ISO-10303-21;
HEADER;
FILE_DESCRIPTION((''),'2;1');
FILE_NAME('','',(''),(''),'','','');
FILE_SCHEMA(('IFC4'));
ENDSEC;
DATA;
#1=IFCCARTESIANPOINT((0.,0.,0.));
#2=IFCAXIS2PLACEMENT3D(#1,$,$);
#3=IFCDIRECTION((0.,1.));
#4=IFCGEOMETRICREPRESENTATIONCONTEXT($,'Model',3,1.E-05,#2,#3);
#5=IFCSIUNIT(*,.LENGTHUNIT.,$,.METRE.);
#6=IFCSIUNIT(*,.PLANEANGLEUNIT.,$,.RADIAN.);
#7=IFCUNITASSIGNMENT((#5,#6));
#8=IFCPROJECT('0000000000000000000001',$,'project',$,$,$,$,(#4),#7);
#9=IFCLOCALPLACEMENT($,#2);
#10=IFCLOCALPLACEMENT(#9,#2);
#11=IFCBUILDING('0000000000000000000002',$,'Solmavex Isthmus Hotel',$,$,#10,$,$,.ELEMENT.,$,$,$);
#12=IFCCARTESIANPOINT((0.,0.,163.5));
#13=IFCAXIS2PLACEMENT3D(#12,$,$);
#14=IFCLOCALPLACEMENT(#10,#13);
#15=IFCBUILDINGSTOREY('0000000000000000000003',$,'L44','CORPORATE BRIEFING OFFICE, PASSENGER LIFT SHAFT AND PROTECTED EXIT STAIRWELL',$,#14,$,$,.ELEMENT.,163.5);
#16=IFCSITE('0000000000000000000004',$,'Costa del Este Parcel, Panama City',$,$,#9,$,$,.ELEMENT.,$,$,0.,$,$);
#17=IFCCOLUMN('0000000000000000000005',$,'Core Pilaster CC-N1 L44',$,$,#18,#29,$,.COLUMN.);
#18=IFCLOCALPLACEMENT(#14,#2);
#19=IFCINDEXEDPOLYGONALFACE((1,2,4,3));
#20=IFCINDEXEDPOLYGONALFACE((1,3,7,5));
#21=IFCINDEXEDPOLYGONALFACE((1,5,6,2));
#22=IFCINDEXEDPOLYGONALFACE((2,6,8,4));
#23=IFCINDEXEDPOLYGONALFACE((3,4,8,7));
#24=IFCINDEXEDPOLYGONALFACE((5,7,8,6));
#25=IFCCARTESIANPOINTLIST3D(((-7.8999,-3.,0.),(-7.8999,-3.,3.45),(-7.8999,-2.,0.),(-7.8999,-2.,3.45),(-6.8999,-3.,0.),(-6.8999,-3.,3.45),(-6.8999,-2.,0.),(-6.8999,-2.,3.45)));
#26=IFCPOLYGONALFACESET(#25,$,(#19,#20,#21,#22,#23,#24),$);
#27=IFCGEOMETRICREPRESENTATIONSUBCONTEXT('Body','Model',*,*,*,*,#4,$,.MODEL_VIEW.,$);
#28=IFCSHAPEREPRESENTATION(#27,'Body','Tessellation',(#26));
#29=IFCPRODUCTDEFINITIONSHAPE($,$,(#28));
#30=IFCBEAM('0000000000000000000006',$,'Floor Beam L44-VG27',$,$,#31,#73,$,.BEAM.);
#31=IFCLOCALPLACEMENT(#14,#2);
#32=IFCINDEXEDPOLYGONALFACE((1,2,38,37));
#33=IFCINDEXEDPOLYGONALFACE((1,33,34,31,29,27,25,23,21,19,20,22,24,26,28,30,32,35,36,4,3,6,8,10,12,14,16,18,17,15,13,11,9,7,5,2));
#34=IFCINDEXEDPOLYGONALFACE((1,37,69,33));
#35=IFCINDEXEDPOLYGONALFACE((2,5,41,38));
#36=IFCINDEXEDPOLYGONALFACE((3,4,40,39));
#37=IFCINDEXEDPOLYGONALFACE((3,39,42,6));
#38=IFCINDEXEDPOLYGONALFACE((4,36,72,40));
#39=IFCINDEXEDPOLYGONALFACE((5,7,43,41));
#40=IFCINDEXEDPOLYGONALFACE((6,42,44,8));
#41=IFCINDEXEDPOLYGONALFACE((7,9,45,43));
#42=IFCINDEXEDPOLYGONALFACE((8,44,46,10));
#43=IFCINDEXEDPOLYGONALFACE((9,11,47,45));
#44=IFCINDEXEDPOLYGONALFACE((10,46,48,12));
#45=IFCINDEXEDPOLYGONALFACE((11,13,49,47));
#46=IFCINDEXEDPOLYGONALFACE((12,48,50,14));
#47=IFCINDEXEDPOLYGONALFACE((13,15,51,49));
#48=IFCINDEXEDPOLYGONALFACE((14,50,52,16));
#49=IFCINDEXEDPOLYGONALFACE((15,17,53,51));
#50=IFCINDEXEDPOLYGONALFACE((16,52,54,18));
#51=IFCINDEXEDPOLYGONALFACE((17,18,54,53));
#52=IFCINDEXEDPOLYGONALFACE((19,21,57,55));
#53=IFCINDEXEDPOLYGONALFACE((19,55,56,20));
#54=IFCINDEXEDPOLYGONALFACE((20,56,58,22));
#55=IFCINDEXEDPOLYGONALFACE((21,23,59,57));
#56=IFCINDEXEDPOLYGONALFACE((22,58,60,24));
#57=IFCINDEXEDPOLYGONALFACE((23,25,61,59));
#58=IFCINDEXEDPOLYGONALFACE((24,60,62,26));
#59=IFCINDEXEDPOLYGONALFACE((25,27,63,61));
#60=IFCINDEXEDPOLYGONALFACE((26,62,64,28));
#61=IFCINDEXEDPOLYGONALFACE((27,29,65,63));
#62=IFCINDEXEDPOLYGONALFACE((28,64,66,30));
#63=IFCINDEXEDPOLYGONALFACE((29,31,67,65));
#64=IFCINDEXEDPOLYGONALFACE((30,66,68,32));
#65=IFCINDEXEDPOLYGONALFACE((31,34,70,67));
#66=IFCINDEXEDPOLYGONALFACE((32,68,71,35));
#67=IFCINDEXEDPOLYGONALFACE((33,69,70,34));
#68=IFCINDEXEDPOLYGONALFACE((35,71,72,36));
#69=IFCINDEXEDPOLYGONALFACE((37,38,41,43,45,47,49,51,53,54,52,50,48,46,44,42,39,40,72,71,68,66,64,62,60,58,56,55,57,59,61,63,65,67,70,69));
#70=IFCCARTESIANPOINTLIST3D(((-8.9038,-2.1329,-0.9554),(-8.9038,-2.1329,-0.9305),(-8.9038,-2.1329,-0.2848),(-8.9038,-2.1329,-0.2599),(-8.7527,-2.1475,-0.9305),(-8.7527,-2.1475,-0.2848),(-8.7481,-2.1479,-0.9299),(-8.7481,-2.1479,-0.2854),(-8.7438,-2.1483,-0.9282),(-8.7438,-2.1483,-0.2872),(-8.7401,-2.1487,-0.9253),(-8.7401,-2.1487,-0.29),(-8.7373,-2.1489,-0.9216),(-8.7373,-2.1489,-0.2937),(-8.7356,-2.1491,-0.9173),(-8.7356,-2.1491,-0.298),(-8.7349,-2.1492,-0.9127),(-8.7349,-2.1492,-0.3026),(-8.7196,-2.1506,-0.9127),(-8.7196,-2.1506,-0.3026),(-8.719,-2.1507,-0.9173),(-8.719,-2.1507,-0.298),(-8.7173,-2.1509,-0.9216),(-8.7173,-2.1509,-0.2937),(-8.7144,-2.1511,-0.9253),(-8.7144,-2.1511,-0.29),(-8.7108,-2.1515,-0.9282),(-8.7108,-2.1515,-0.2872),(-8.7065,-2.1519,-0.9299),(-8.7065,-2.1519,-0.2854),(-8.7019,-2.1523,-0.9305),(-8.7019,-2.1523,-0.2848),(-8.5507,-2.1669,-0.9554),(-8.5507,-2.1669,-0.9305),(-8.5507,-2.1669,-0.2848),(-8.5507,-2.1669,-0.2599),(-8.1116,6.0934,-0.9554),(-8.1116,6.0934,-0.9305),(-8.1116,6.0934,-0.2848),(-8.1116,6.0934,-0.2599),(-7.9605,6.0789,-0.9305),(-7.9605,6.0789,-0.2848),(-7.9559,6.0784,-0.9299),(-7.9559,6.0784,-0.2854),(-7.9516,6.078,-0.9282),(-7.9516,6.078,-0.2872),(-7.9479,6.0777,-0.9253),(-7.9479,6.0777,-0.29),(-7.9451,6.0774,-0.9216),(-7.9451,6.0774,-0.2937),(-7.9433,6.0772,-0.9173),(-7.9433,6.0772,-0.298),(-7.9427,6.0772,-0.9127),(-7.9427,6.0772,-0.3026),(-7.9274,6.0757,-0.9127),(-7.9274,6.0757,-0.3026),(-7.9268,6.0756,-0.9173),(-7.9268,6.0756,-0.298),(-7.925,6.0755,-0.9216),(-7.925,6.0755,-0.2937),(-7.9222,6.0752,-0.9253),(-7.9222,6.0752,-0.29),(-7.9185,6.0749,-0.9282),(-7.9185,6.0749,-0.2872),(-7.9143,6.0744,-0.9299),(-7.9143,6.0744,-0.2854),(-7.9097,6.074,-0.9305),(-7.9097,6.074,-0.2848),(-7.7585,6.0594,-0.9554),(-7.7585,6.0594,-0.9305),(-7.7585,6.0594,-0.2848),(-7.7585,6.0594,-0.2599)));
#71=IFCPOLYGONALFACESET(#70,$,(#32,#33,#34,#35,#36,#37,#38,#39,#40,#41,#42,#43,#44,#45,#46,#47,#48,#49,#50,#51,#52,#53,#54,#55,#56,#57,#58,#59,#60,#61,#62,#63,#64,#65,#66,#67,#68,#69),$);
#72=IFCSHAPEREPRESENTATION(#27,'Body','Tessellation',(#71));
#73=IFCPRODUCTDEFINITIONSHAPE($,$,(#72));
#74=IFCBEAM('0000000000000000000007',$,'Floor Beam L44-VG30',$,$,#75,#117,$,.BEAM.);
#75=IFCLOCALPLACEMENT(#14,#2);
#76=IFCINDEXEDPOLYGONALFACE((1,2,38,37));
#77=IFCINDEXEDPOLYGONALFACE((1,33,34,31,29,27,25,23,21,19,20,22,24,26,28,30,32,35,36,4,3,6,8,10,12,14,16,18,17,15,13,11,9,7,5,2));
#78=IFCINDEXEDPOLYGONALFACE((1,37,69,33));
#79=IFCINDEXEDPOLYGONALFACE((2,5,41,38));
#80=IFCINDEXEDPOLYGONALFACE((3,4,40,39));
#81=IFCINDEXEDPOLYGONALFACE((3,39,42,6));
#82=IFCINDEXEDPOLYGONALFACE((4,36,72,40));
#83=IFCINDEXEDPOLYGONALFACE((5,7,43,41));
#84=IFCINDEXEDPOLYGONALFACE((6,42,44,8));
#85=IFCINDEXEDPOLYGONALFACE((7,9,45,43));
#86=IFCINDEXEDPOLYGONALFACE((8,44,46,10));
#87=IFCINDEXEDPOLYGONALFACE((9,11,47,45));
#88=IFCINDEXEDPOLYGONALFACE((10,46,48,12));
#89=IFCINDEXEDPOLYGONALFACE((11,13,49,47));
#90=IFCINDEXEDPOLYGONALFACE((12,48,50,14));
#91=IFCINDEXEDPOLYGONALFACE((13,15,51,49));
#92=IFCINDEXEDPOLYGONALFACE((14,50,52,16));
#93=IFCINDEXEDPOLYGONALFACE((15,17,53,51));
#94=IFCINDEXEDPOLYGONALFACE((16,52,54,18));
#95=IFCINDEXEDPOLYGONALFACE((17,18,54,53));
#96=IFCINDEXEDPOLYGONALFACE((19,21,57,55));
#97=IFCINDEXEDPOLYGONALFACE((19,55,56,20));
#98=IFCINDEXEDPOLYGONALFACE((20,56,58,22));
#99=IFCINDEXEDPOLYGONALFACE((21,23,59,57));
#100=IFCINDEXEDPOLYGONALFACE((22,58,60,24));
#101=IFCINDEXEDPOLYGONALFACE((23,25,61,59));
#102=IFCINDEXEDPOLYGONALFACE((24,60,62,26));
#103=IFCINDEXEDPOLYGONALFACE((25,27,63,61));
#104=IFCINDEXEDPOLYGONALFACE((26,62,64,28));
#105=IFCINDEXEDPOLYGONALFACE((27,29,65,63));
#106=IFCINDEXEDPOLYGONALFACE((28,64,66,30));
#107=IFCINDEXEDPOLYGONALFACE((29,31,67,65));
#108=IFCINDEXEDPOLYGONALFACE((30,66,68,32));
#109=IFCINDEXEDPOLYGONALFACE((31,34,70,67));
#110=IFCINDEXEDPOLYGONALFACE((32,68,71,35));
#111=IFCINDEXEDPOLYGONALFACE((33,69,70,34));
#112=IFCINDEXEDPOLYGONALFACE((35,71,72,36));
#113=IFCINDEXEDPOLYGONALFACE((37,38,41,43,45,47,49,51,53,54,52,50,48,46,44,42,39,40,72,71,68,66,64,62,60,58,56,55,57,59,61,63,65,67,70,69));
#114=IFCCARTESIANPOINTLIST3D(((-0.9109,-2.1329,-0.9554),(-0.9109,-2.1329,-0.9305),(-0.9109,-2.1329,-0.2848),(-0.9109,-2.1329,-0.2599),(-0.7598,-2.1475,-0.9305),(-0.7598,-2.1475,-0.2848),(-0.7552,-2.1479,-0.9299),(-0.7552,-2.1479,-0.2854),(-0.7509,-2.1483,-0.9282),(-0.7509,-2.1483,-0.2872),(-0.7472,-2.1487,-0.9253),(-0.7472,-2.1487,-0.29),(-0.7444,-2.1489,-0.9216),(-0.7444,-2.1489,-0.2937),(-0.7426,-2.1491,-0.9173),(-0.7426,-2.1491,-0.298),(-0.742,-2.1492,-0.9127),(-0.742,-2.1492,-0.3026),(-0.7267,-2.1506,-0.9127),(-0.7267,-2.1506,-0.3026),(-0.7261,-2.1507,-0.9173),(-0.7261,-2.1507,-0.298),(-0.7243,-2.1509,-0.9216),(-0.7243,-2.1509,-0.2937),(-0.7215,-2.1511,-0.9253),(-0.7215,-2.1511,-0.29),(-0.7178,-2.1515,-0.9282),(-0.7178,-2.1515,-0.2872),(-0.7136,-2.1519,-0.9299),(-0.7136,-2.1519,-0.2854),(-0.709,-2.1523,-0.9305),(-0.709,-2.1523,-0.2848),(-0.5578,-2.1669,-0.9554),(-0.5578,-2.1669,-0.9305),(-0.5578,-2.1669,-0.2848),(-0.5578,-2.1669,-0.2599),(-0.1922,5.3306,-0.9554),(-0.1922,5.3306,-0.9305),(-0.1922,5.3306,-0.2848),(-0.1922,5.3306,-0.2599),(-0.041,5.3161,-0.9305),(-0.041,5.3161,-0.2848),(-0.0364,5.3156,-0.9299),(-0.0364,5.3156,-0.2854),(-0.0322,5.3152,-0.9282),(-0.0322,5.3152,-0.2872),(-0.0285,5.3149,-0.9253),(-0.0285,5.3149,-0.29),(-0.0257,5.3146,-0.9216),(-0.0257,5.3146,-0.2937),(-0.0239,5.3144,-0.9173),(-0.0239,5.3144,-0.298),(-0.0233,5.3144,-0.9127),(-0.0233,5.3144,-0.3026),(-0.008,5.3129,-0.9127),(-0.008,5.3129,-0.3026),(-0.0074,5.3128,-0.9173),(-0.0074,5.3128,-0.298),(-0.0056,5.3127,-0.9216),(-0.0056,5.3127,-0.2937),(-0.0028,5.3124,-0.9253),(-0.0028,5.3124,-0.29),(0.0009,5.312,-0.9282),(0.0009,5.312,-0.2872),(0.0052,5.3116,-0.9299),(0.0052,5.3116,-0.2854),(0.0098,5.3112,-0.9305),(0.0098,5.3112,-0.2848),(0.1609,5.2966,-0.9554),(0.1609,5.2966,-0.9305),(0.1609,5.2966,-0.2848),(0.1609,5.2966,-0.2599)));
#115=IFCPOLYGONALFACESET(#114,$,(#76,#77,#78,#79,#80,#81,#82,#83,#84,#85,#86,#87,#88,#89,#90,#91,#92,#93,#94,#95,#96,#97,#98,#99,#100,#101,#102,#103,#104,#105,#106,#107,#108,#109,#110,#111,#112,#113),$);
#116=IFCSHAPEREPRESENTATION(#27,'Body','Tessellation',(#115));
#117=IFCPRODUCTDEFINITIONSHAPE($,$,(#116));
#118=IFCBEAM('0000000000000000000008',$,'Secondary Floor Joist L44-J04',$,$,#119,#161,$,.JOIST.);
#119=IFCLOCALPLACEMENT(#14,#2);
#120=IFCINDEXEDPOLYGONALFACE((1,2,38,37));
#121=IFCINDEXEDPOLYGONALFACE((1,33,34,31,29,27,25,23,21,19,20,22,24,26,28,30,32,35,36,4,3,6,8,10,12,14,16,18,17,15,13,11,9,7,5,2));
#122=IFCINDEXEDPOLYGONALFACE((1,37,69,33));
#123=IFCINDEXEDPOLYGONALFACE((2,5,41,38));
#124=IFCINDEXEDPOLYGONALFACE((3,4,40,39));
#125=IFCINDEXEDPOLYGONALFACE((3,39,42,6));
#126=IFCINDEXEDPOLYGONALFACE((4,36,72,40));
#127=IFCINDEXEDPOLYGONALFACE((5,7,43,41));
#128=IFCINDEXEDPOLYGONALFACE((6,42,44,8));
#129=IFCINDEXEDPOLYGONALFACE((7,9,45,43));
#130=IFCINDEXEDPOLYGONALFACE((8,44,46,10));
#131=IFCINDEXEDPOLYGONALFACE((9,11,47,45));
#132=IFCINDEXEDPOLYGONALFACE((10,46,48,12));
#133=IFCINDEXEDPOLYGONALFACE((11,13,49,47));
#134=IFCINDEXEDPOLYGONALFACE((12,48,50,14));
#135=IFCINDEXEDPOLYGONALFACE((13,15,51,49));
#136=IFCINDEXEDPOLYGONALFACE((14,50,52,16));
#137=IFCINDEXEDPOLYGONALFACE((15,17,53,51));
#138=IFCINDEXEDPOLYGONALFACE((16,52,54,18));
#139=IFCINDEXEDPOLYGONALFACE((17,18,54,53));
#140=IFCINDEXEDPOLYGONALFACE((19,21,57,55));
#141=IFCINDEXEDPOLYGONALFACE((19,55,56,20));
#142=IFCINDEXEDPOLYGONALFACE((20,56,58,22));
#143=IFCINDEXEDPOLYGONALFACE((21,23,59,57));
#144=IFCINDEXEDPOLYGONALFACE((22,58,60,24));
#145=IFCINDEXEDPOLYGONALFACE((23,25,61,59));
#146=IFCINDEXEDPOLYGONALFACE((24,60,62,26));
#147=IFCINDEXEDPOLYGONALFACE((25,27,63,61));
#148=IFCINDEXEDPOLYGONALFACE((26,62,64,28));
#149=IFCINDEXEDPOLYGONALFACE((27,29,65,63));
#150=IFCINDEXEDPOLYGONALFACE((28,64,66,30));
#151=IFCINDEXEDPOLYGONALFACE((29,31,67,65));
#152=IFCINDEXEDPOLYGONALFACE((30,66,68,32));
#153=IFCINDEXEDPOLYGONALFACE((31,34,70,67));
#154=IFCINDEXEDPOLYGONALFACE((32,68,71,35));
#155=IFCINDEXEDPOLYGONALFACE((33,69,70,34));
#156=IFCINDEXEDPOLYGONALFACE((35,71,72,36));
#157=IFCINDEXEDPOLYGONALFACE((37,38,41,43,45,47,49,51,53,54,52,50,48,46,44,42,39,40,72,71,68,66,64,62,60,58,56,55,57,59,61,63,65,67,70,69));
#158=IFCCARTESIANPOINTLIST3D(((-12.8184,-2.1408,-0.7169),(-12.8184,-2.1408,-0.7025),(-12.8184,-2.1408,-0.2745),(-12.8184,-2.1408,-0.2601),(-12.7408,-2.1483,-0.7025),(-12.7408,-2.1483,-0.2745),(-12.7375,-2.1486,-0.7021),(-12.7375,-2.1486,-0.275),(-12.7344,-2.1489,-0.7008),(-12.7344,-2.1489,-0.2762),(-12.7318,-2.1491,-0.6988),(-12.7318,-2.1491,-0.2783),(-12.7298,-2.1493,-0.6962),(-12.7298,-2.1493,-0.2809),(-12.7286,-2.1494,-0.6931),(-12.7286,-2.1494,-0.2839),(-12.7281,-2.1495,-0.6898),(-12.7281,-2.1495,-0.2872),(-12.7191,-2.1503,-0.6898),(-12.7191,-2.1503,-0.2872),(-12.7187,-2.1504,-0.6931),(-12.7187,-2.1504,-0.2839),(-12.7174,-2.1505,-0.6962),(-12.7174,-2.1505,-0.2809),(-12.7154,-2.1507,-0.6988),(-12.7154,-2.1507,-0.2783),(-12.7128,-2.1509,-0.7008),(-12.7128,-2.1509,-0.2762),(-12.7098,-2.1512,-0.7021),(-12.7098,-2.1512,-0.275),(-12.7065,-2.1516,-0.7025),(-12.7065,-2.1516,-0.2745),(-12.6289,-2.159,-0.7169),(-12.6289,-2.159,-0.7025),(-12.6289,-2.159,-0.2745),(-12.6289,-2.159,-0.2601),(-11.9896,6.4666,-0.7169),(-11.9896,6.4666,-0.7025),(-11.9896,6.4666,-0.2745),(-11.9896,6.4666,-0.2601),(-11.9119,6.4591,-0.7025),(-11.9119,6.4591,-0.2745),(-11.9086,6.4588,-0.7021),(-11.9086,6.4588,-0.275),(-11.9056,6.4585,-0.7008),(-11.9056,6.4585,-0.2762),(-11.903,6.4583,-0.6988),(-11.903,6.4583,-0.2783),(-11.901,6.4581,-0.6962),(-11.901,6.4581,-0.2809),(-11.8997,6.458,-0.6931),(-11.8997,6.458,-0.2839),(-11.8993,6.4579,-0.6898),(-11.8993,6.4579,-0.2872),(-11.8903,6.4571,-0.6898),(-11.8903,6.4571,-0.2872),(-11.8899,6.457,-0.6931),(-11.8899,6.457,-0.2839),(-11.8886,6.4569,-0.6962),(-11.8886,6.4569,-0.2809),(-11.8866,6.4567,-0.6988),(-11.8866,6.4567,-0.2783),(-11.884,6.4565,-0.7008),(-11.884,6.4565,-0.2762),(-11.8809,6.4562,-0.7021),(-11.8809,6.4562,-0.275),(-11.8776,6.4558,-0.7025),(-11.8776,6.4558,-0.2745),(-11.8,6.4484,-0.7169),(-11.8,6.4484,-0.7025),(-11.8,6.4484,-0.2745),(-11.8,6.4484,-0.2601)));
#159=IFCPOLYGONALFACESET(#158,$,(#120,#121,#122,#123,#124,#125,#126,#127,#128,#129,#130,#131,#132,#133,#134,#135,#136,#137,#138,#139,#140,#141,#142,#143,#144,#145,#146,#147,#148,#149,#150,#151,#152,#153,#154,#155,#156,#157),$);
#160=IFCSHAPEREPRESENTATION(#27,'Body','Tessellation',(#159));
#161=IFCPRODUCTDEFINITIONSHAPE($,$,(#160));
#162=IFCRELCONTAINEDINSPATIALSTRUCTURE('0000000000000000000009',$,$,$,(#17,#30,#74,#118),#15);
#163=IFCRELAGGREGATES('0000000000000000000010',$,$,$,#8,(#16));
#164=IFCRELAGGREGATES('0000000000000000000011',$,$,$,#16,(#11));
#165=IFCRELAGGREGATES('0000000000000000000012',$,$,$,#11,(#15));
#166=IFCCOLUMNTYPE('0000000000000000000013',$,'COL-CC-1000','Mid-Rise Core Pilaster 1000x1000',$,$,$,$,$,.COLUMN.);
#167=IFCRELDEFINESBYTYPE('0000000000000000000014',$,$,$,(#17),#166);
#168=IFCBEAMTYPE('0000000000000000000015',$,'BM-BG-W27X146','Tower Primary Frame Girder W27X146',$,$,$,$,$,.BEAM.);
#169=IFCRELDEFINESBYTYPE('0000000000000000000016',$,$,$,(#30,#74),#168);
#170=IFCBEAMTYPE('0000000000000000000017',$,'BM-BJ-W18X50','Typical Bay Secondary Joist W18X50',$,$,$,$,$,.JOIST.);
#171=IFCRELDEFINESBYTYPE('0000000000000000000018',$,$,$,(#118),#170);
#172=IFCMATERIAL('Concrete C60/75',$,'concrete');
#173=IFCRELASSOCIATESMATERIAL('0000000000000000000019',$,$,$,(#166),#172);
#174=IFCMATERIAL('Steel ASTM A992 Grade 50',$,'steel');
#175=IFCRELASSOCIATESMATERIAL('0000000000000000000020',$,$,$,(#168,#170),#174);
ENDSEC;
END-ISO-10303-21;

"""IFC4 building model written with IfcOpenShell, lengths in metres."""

from ifc_helpers import new_model, si_unit, direction, frame, origin, origin_2d, place, context, subcontext, project, spatial, rectangle, i_section, extrude, material, material_profile, profile_set, type_object, element, save


model = new_model("IFC4")

# Units and contexts
model_context = context("Model", 3, precision=1e-05, world=origin(), true_north=direction((0.0, 1.0)))
body_context = subcontext(model_context, "Body", "Model", "MODEL_VIEW")
ifc_project = project(units=[si_unit("LENGTHUNIT", "METRE"), si_unit("PLANEANGLEUNIT", "RADIAN")], contexts=[model_context])

# Site, building, storey
site_placement = place(None, origin())
site = spatial("IfcSite", under=ifc_project, at=site_placement, Name="Costa del Este Parcel, Panama City", CompositionType="ELEMENT", RefElevation=0.0)
building_placement = place(site_placement, origin())
building = spatial("IfcBuilding", under=site, at=building_placement, Name="Solmavex Isthmus Hotel", CompositionType="ELEMENT")
storey_placement = place(building_placement, frame((0.0, 0.0, 163.5)))
storey = spatial("IfcBuildingStorey", under=building, at=storey_placement, Name="L44", Description="CORPORATE BRIEFING OFFICE, PASSENGER LIFT SHAFT AND PROTECTED EXIT STAIRWELL", CompositionType="ELEMENT", Elevation=163.5)

# Column
ifc_material_1 = material(Name="Concrete C60/75", Category="concrete")
ifc_material_profile_1 = material_profile(ifc_material_1, rectangle(XDim=1.0, YDim=1.0, at=origin_2d()), Name="RC1000X1000")
ifc_profile_set_1 = profile_set([ifc_material_profile_1], Name="Concrete C60/75")
column_type = type_object("IfcColumnType", Name="COL-CC-1000", Description="Mid-Rise Core Pilaster 1000x1000", PredefinedType="COLUMN", material=ifc_profile_set_1)
column_placement = place(storey_placement, frame((-7.3999, -2.5, 0.0), z_axis=(0.0, 0.0, 1.0), x_axis=(1.0, 0.0, 0.0)))
element("IfcColumn", 1, at=column_placement, inside=storey, type_object=column_type, Name="Core Pilaster CC-N1 L44", PredefinedType="COLUMN", context=body_context, shape_type="SweptSolid", body=[
    extrude(rectangle(XDim=1.0, YDim=1.0, at=origin_2d()), origin(), (0.0, 0.0, 1.0), 3.45),
])

# Beams
ifc_material_2 = material(Name="Steel ASTM A992 Grade 50", Category="steel")
ifc_material_profile_2 = material_profile(ifc_material_2, i_section(OverallWidth=0.3547, OverallDepth=0.6956, WebThickness=0.0154, FlangeThickness=0.0249, FilletRadius=0.0178, at=origin_2d()), Name="W27X146")
ifc_profile_set_2 = profile_set([ifc_material_profile_2], Name="Steel ASTM A992 Grade 50")
beam_type_1 = type_object("IfcBeamType", Name="BM-BG-W27X146", Description="Tower Primary Frame Girder W27X146", PredefinedType="BEAM", material=ifc_profile_set_2)
beam_1_placement = place(storey_placement, frame((-8.7273, -2.1499, -0.6077), z_axis=(0.095862, 0.995395, 0.0), x_axis=(-0.995395, 0.095862, 0.0)))
element("IfcBeam", 2, at=beam_1_placement, inside=storey, type_object=beam_type_1, Name="Floor Beam L44-VG27", PredefinedType="BEAM", context=body_context, shape_type="SweptSolid", body=[
    extrude(i_section(OverallWidth=0.3547, OverallDepth=0.6956, WebThickness=0.0154, FlangeThickness=0.0249, FilletRadius=0.0178, at=origin_2d()), origin(), (0.0, 0.0, 1.0), 8.2644),
])
beam_2_placement = place(storey_placement, frame((-0.7344, -2.1499, -0.6077), z_axis=(0.095857, 0.995395, 0.0), x_axis=(-0.995395, 0.095857, 0.0)))
element("IfcBeam", 3, at=beam_2_placement, inside=storey, type_object=beam_type_1, Name="Floor Beam L44-VG30", PredefinedType="BEAM", context=body_context, shape_type="SweptSolid", body=[
    extrude(i_section(OverallWidth=0.3547, OverallDepth=0.6956, WebThickness=0.0154, FlangeThickness=0.0249, FilletRadius=0.0178, at=origin_2d()), origin(), (0.0, 0.0, 1.0), 7.498),
])
ifc_material_profile_3 = material_profile(ifc_material_2, i_section(OverallWidth=0.1904, OverallDepth=0.4568, WebThickness=0.009, FlangeThickness=0.0144, FilletRadius=0.0127, at=origin_2d()), Name="W18X50")
ifc_profile_set_3 = profile_set([ifc_material_profile_3], Name="Steel ASTM A992 Grade 50")
beam_type_2 = type_object("IfcBeamType", Name="BM-BJ-W18X50", Description="Typical Bay Secondary Joist W18X50", PredefinedType="JOIST", material=ifc_profile_set_3)
beam_3_placement = place(storey_placement, frame((-12.7236, -2.1499, -0.4885), z_axis=(0.095852, 0.995396, 0.0), x_axis=(-0.995396, 0.095852, 0.0)))
element("IfcBeam", 4, at=beam_3_placement, inside=storey, type_object=beam_type_2, Name="Secondary Floor Joist L44-J04", PredefinedType="JOIST", context=body_context, shape_type="SweptSolid", body=[
    extrude(i_section(OverallWidth=0.1904, OverallDepth=0.4568, WebThickness=0.009, FlangeThickness=0.0144, FilletRadius=0.0127, at=origin_2d()), origin(), (0.0, 0.0, 1.0), 8.6472),
])

save(model, "model.ifc")
